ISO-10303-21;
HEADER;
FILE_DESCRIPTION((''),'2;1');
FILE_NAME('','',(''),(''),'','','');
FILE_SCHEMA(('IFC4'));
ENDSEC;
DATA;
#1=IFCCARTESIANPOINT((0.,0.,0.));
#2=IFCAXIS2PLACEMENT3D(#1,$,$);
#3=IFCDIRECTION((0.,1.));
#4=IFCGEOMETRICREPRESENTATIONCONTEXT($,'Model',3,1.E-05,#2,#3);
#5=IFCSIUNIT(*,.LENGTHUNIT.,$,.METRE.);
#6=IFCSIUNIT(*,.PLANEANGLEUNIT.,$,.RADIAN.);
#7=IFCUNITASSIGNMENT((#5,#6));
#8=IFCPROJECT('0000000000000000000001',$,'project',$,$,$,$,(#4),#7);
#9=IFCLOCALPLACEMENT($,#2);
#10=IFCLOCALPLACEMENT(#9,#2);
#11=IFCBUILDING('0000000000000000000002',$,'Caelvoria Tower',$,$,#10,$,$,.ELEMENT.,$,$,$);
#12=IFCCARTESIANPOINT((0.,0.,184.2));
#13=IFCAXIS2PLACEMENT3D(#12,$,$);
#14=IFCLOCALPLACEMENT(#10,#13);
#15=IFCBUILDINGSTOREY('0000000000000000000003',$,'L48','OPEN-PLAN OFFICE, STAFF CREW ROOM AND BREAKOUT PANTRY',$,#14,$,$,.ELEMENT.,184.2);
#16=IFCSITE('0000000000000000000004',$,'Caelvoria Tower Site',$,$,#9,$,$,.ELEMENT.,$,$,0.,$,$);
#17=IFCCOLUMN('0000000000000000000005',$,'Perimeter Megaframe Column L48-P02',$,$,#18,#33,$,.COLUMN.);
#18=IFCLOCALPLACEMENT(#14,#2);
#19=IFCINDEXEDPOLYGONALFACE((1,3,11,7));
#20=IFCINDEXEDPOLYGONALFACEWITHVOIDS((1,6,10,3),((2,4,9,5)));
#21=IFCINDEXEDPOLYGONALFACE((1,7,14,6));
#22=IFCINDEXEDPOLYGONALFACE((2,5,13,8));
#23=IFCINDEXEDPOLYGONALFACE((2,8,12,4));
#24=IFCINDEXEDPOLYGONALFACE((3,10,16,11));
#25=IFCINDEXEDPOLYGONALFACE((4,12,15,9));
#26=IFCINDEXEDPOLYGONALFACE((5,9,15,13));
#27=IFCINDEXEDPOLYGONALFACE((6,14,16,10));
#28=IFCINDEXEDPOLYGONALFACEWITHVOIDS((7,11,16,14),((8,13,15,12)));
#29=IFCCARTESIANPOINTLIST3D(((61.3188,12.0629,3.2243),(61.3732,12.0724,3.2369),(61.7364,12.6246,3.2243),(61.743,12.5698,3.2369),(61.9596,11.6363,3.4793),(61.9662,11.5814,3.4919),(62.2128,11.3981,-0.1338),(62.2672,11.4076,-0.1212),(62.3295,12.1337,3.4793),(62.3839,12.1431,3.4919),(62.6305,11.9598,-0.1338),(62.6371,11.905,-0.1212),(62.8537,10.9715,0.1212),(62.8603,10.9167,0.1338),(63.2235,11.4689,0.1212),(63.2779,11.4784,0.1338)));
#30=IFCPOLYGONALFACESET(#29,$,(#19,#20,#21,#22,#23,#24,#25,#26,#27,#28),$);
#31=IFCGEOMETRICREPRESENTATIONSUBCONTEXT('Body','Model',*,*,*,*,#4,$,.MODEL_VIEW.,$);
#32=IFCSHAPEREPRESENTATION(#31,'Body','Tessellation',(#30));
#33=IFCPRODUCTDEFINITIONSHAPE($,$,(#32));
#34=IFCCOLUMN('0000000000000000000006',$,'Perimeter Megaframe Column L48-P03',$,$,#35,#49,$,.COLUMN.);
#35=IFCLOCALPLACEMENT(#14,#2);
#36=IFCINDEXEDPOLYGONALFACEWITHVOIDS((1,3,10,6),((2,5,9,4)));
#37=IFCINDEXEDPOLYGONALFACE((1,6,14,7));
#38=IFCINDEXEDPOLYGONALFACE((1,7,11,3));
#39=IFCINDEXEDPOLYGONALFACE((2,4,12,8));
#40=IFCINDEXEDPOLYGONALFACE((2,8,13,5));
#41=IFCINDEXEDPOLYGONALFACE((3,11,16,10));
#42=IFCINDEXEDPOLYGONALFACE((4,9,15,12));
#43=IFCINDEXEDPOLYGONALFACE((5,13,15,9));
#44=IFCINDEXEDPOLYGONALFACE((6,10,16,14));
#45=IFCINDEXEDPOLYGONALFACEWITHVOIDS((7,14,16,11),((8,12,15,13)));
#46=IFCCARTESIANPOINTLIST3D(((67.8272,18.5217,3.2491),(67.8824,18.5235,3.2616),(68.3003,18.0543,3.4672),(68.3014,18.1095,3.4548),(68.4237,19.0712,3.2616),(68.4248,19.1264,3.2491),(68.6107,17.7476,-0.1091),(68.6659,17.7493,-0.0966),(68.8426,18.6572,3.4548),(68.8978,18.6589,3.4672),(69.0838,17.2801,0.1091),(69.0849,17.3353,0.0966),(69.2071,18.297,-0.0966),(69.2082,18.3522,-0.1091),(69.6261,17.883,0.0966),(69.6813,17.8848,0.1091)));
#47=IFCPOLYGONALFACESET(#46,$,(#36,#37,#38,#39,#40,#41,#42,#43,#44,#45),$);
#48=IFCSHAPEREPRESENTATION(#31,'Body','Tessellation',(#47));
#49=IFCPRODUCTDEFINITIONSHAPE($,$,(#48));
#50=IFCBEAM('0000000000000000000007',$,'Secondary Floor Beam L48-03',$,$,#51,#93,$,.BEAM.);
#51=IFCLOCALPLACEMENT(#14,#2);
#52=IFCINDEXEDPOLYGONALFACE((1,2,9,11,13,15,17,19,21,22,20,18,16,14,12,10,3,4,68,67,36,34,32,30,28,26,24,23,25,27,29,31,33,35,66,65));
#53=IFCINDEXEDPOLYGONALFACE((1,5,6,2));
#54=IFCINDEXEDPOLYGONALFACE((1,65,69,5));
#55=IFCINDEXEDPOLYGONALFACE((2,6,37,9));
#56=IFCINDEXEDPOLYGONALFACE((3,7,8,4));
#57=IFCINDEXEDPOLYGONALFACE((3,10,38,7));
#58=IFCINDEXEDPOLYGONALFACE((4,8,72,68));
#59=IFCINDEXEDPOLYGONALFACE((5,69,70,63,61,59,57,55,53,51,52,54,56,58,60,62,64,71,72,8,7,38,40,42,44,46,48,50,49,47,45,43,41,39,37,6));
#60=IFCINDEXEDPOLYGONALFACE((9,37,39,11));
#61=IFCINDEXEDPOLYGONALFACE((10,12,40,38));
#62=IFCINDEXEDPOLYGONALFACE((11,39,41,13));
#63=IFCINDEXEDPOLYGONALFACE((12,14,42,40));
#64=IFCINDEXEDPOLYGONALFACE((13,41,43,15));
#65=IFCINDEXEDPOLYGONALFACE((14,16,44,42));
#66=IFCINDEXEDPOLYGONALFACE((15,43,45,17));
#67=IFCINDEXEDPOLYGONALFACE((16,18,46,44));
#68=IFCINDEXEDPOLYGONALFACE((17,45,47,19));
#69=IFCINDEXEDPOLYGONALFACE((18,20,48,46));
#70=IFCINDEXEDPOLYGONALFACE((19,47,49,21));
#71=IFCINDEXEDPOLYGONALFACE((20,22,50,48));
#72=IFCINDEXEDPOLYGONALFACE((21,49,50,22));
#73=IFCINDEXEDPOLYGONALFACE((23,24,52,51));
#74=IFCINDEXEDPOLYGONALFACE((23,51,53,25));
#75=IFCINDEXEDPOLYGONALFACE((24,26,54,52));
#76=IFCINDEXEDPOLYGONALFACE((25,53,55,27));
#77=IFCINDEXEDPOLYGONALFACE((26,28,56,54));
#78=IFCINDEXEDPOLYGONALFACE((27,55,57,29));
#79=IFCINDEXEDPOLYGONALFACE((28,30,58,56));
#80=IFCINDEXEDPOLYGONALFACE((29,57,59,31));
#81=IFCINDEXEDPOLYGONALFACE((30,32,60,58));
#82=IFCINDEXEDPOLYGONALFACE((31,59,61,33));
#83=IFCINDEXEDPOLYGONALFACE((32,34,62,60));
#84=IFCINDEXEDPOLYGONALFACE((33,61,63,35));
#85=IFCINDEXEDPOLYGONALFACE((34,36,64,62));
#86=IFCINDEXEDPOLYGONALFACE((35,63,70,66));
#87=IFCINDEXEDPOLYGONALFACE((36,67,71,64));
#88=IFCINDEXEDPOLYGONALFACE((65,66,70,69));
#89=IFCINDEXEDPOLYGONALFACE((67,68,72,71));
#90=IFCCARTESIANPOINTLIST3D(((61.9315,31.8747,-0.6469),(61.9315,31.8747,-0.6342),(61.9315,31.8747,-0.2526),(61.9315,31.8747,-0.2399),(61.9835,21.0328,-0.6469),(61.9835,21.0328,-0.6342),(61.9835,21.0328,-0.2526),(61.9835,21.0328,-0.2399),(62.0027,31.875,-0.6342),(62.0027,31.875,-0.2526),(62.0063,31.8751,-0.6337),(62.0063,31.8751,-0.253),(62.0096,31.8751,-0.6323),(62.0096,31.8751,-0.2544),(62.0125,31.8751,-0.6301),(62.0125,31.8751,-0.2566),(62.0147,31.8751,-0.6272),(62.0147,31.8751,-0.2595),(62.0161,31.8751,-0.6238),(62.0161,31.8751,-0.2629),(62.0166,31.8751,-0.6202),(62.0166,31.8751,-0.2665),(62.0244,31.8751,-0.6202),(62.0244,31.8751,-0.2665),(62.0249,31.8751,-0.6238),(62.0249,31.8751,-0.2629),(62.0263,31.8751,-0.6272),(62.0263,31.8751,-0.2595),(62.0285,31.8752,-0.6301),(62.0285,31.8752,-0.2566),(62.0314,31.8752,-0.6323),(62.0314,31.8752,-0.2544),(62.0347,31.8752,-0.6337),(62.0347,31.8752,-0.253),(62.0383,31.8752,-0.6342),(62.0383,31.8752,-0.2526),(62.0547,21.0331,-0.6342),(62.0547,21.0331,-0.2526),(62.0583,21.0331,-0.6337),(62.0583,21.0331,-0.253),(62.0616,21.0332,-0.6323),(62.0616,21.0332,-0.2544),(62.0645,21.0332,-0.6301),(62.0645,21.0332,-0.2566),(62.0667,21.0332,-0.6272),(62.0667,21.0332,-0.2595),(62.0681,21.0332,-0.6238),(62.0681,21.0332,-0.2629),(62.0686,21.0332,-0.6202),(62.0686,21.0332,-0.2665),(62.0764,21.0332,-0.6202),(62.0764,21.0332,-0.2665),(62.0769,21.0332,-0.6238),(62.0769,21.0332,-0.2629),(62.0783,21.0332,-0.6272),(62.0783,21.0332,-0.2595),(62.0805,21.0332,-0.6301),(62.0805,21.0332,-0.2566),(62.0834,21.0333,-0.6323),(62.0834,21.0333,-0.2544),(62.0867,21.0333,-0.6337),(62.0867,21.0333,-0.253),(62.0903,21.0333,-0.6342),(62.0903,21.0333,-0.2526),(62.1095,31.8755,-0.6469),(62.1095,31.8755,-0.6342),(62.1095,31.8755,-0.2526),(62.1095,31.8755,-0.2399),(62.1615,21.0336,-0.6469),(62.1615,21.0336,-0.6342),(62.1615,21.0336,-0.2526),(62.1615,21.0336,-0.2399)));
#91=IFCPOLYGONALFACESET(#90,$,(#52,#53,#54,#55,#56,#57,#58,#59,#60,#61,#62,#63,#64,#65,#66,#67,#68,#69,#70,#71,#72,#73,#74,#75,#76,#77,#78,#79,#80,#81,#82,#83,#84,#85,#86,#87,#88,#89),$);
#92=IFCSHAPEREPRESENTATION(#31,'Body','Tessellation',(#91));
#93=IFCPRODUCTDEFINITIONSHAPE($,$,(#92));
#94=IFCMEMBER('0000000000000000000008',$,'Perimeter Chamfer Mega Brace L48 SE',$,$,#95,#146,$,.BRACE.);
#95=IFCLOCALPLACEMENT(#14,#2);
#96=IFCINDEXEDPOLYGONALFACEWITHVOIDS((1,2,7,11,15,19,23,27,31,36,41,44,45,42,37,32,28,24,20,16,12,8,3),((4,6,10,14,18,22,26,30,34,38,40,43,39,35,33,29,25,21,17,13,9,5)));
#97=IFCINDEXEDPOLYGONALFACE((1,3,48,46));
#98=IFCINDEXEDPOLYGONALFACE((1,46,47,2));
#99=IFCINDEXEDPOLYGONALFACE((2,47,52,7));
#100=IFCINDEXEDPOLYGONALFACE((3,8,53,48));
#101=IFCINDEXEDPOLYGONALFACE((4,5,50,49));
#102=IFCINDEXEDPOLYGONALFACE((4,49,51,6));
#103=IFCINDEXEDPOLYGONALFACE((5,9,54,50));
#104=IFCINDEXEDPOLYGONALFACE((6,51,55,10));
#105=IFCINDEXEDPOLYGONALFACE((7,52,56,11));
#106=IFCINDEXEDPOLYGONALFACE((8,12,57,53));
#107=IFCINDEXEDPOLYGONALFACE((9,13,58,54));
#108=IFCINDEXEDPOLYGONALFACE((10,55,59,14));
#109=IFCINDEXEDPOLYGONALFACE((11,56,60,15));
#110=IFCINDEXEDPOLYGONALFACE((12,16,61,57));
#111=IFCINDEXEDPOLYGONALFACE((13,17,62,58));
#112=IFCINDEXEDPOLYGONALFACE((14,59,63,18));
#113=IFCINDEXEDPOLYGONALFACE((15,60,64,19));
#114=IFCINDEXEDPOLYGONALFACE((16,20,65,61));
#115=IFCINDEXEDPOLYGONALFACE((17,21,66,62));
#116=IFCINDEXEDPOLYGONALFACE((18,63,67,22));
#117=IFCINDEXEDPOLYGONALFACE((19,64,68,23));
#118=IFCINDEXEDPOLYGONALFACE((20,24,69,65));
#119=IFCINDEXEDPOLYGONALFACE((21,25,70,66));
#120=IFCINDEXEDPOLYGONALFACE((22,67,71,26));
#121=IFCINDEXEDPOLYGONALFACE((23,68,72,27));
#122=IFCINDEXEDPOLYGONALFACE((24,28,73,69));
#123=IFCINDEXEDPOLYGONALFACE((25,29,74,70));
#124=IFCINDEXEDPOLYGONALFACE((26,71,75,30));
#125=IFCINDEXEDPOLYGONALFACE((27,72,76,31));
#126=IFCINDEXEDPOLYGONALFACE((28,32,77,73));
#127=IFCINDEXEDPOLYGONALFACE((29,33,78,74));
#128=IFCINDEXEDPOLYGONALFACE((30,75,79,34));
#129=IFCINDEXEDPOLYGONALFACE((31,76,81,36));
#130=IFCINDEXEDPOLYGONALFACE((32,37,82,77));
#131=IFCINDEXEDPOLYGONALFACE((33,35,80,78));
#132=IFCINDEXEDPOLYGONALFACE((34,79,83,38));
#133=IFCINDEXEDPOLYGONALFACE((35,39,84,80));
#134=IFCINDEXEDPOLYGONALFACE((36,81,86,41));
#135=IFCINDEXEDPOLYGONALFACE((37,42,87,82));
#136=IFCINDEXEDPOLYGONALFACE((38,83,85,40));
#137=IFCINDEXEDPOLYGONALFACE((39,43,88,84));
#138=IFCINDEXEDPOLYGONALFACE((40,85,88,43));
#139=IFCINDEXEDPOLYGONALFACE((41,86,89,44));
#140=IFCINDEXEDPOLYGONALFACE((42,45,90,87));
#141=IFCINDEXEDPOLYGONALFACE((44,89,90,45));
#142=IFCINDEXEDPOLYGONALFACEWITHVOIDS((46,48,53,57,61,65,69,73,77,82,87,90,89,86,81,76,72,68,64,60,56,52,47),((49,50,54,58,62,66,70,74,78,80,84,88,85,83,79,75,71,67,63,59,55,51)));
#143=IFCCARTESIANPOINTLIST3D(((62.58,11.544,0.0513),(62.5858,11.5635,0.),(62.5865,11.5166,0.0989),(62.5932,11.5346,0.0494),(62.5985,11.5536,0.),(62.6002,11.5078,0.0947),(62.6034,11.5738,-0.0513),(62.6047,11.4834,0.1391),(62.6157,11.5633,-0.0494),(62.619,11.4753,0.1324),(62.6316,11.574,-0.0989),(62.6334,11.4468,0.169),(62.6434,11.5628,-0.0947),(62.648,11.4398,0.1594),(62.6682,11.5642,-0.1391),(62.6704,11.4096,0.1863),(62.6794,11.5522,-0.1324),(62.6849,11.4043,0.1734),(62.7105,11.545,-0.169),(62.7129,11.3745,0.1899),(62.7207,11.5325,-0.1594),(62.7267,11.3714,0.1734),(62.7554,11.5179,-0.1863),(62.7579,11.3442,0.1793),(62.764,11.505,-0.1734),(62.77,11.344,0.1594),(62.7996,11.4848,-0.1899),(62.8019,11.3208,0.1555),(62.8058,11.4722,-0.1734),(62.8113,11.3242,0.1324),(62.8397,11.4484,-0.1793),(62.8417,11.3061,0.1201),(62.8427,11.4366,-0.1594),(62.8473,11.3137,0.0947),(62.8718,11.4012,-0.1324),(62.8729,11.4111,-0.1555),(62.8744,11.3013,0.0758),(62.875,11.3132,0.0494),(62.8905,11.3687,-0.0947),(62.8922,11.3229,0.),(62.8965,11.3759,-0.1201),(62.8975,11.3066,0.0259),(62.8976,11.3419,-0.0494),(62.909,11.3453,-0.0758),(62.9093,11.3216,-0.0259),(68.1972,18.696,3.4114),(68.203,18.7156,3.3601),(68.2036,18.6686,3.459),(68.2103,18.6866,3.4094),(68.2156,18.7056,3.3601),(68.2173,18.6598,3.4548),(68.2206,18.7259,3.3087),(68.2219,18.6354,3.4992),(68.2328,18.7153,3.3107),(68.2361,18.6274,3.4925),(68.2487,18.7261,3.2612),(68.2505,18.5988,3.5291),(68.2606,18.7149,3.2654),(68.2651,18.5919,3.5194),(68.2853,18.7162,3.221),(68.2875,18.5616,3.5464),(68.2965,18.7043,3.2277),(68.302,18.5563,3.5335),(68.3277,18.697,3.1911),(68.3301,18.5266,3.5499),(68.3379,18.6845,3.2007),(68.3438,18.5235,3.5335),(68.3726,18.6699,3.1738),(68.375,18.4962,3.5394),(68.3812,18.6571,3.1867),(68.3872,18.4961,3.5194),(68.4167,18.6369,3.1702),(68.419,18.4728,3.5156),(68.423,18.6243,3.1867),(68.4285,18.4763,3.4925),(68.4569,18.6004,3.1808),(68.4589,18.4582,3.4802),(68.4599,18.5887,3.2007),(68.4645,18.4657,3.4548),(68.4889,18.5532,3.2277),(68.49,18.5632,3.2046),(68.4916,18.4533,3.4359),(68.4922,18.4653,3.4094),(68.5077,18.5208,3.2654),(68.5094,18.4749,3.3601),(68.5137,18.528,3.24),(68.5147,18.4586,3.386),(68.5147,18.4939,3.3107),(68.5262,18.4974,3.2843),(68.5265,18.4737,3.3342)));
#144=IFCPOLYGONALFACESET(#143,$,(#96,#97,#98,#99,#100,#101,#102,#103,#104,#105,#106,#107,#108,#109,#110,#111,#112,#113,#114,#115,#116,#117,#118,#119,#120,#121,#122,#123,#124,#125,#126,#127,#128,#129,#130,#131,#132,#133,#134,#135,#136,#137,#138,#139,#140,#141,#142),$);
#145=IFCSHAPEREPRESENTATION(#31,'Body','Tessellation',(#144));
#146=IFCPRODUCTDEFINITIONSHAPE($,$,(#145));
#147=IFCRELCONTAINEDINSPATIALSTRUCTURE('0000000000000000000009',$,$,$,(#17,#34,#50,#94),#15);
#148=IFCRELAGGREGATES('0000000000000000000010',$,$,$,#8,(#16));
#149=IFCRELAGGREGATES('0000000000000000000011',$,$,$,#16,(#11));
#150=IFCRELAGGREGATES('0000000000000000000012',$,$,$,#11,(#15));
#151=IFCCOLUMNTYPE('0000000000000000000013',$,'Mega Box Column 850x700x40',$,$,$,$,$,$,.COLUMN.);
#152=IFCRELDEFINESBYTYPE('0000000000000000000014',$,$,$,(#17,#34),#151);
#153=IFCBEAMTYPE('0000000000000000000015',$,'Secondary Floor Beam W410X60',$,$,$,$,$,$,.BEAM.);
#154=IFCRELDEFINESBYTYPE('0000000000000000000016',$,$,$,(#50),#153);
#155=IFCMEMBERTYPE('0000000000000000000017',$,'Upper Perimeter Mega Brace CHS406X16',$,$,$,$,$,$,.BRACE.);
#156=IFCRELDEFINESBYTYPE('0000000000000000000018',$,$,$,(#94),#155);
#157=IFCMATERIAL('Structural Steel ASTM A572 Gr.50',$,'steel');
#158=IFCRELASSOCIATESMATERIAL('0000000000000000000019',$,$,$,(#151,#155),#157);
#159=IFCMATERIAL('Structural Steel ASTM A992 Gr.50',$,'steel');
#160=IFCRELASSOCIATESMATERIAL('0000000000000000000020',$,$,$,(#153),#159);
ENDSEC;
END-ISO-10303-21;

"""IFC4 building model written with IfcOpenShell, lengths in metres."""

from ifc_helpers import new_model, si_unit, direction, frame, origin, origin_2d, place, context, subcontext, project, spatial, hollow_rectangle, hollow_circle, i_section, extrude, material, material_profile, profile_set, type_object, element, save


model = new_model("IFC4")

# Units and contexts
model_context = context("Model", 3, precision=1e-05, world=origin(), true_north=direction((0.0, 1.0)))
body_context = subcontext(model_context, "Body", "Model", "MODEL_VIEW")
ifc_project = project(units=[si_unit("LENGTHUNIT", "METRE"), si_unit("PLANEANGLEUNIT", "RADIAN")], contexts=[model_context])

# Site, building, storey
site_placement = place(None, origin())
site = spatial("IfcSite", under=ifc_project, at=site_placement, Name="Caelvoria Tower Site", CompositionType="ELEMENT", RefElevation=0.0)
building_placement = place(site_placement, origin())
building = spatial("IfcBuilding", under=site, at=building_placement, Name="Caelvoria Tower", CompositionType="ELEMENT")
storey_placement = place(building_placement, frame((0.0, 0.0, 184.2)))
storey = spatial("IfcBuildingStorey", under=building, at=storey_placement, Name="L48", Description="OPEN-PLAN OFFICE, STAFF CREW ROOM AND BREAKOUT PANTRY", CompositionType="ELEMENT", Elevation=184.2)

# Columns
ifc_material_1 = material(Name="Structural Steel ASTM A572 Gr.50", Category="steel")
ifc_material_profile_1 = material_profile(ifc_material_1, hollow_rectangle(XDim=0.7, YDim=0.8501, WallThickness=0.04, at=origin_2d()), Name="Structural Steel ASTM A572 Gr.50")
ifc_profile_set_1 = profile_set([ifc_material_profile_1], Name="BOX850X700X40 - Structural Steel ASTM A572 Gr.50")
column_type = type_object("IfcColumnType", Name="Mega Box Column 850x700x40", PredefinedType="COLUMN", material=ifc_profile_set_1)
column_1_placement = place(storey_placement, frame((62.7454, 11.4382, 0.0), z_axis=(-0.252687, 0.187894, 0.949129), x_axis=(-0.596699, -0.802465, 0.0)))
element("IfcColumn", 1, at=column_1_placement, inside=storey, type_object=column_type, Name="Perimeter Megaframe Column L48-P02", PredefinedType="COLUMN", context=body_context, shape_type="SweptSolid", body=[
    extrude(hollow_rectangle(XDim=0.7, YDim=0.8501, WallThickness=0.04, at=origin_2d()), origin(), (0.0, 0.0, 1.0), 3.5381),
])
column_2_placement = place(storey_placement, frame((69.146, 17.8162, 0.0), z_axis=(-0.221678, 0.219053, 0.950197), x_axis=(0.675881, -0.667877, 0.31165)))
element("IfcColumn", 2, at=column_2_placement, inside=storey, type_object=column_type, Name="Perimeter Megaframe Column L48-P03", PredefinedType="COLUMN", context=body_context, shape_type="SweptSolid", body=[
    extrude(hollow_rectangle(XDim=0.7, YDim=0.8501, WallThickness=0.04, at=origin_2d()), origin(), (0.0, 0.0, 1.0), 3.5342),
])

# Beam
ifc_material_2 = material(Name="Structural Steel ASTM A992 Gr.50", Category="steel")
ifc_material_profile_2 = material_profile(ifc_material_2, i_section(OverallWidth=0.178, OverallDepth=0.407, WebThickness=0.0078, FlangeThickness=0.0127, FilletRadius=0.0139, at=origin_2d()), Name="Structural Steel ASTM A992 Gr.50")
ifc_profile_set_2 = profile_set([ifc_material_profile_2], Name="W410X60 - Structural Steel ASTM A992 Gr.50")
beam_type_1 = type_object("IfcBeamType", Name="Secondary Floor Beam W410X60", PredefinedType="BEAM", material=ifc_profile_set_2)
beam_1_placement = place(storey_placement, frame((62.0725, 21.0332, -0.4434), z_axis=(-0.004796, 0.999988, 0.0), x_axis=(-0.999988, -0.004796, 0.0)))
element("IfcBeam", 3, at=beam_1_placement, inside=storey, type_object=beam_type_1, Name="Secondary Floor Beam L48-03", PredefinedType="BEAM", context=body_context, shape_type="SweptSolid", body=[
    extrude(i_section(OverallWidth=0.178, OverallDepth=0.407, WebThickness=0.0078, FlangeThickness=0.0127, FilletRadius=0.0139, at=origin_2d()), origin(), (0.0, 0.0, 1.0), 10.842),
])

# Member
ifc_material_profile_3 = material_profile(ifc_material_1, hollow_circle(Radius=0.2029, WallThickness=0.0161, at=origin_2d()), Name="Structural Steel ASTM A572 Gr.50")
ifc_profile_set_3 = profile_set([ifc_material_profile_3], Name="CHS406X16 - Structural Steel ASTM A572 Gr.50")
member_type = type_object("IfcMemberType", Name="Upper Perimeter Mega Brace CHS406X16", PredefinedType="BRACE", material=ifc_profile_set_3)
member_1_placement = place(storey_placement, frame((62.7454, 11.4382, 0.0), z_axis=(0.579382, 0.7377, 0.346577), x_axis=(-0.786442, 0.617664, 0.0)))
element("IfcMember", 4, at=member_1_placement, inside=storey, type_object=member_type, Name="Perimeter Chamfer Mega Brace L48 SE", PredefinedType="BRACE", context=body_context, shape_type="SweptSolid", body=[
    extrude(hollow_circle(Radius=0.2029, WallThickness=0.0161, at=origin_2d()), origin(), (0.0, 0.0, 1.0), 9.6951),
])

save(model, "model.ifc")
